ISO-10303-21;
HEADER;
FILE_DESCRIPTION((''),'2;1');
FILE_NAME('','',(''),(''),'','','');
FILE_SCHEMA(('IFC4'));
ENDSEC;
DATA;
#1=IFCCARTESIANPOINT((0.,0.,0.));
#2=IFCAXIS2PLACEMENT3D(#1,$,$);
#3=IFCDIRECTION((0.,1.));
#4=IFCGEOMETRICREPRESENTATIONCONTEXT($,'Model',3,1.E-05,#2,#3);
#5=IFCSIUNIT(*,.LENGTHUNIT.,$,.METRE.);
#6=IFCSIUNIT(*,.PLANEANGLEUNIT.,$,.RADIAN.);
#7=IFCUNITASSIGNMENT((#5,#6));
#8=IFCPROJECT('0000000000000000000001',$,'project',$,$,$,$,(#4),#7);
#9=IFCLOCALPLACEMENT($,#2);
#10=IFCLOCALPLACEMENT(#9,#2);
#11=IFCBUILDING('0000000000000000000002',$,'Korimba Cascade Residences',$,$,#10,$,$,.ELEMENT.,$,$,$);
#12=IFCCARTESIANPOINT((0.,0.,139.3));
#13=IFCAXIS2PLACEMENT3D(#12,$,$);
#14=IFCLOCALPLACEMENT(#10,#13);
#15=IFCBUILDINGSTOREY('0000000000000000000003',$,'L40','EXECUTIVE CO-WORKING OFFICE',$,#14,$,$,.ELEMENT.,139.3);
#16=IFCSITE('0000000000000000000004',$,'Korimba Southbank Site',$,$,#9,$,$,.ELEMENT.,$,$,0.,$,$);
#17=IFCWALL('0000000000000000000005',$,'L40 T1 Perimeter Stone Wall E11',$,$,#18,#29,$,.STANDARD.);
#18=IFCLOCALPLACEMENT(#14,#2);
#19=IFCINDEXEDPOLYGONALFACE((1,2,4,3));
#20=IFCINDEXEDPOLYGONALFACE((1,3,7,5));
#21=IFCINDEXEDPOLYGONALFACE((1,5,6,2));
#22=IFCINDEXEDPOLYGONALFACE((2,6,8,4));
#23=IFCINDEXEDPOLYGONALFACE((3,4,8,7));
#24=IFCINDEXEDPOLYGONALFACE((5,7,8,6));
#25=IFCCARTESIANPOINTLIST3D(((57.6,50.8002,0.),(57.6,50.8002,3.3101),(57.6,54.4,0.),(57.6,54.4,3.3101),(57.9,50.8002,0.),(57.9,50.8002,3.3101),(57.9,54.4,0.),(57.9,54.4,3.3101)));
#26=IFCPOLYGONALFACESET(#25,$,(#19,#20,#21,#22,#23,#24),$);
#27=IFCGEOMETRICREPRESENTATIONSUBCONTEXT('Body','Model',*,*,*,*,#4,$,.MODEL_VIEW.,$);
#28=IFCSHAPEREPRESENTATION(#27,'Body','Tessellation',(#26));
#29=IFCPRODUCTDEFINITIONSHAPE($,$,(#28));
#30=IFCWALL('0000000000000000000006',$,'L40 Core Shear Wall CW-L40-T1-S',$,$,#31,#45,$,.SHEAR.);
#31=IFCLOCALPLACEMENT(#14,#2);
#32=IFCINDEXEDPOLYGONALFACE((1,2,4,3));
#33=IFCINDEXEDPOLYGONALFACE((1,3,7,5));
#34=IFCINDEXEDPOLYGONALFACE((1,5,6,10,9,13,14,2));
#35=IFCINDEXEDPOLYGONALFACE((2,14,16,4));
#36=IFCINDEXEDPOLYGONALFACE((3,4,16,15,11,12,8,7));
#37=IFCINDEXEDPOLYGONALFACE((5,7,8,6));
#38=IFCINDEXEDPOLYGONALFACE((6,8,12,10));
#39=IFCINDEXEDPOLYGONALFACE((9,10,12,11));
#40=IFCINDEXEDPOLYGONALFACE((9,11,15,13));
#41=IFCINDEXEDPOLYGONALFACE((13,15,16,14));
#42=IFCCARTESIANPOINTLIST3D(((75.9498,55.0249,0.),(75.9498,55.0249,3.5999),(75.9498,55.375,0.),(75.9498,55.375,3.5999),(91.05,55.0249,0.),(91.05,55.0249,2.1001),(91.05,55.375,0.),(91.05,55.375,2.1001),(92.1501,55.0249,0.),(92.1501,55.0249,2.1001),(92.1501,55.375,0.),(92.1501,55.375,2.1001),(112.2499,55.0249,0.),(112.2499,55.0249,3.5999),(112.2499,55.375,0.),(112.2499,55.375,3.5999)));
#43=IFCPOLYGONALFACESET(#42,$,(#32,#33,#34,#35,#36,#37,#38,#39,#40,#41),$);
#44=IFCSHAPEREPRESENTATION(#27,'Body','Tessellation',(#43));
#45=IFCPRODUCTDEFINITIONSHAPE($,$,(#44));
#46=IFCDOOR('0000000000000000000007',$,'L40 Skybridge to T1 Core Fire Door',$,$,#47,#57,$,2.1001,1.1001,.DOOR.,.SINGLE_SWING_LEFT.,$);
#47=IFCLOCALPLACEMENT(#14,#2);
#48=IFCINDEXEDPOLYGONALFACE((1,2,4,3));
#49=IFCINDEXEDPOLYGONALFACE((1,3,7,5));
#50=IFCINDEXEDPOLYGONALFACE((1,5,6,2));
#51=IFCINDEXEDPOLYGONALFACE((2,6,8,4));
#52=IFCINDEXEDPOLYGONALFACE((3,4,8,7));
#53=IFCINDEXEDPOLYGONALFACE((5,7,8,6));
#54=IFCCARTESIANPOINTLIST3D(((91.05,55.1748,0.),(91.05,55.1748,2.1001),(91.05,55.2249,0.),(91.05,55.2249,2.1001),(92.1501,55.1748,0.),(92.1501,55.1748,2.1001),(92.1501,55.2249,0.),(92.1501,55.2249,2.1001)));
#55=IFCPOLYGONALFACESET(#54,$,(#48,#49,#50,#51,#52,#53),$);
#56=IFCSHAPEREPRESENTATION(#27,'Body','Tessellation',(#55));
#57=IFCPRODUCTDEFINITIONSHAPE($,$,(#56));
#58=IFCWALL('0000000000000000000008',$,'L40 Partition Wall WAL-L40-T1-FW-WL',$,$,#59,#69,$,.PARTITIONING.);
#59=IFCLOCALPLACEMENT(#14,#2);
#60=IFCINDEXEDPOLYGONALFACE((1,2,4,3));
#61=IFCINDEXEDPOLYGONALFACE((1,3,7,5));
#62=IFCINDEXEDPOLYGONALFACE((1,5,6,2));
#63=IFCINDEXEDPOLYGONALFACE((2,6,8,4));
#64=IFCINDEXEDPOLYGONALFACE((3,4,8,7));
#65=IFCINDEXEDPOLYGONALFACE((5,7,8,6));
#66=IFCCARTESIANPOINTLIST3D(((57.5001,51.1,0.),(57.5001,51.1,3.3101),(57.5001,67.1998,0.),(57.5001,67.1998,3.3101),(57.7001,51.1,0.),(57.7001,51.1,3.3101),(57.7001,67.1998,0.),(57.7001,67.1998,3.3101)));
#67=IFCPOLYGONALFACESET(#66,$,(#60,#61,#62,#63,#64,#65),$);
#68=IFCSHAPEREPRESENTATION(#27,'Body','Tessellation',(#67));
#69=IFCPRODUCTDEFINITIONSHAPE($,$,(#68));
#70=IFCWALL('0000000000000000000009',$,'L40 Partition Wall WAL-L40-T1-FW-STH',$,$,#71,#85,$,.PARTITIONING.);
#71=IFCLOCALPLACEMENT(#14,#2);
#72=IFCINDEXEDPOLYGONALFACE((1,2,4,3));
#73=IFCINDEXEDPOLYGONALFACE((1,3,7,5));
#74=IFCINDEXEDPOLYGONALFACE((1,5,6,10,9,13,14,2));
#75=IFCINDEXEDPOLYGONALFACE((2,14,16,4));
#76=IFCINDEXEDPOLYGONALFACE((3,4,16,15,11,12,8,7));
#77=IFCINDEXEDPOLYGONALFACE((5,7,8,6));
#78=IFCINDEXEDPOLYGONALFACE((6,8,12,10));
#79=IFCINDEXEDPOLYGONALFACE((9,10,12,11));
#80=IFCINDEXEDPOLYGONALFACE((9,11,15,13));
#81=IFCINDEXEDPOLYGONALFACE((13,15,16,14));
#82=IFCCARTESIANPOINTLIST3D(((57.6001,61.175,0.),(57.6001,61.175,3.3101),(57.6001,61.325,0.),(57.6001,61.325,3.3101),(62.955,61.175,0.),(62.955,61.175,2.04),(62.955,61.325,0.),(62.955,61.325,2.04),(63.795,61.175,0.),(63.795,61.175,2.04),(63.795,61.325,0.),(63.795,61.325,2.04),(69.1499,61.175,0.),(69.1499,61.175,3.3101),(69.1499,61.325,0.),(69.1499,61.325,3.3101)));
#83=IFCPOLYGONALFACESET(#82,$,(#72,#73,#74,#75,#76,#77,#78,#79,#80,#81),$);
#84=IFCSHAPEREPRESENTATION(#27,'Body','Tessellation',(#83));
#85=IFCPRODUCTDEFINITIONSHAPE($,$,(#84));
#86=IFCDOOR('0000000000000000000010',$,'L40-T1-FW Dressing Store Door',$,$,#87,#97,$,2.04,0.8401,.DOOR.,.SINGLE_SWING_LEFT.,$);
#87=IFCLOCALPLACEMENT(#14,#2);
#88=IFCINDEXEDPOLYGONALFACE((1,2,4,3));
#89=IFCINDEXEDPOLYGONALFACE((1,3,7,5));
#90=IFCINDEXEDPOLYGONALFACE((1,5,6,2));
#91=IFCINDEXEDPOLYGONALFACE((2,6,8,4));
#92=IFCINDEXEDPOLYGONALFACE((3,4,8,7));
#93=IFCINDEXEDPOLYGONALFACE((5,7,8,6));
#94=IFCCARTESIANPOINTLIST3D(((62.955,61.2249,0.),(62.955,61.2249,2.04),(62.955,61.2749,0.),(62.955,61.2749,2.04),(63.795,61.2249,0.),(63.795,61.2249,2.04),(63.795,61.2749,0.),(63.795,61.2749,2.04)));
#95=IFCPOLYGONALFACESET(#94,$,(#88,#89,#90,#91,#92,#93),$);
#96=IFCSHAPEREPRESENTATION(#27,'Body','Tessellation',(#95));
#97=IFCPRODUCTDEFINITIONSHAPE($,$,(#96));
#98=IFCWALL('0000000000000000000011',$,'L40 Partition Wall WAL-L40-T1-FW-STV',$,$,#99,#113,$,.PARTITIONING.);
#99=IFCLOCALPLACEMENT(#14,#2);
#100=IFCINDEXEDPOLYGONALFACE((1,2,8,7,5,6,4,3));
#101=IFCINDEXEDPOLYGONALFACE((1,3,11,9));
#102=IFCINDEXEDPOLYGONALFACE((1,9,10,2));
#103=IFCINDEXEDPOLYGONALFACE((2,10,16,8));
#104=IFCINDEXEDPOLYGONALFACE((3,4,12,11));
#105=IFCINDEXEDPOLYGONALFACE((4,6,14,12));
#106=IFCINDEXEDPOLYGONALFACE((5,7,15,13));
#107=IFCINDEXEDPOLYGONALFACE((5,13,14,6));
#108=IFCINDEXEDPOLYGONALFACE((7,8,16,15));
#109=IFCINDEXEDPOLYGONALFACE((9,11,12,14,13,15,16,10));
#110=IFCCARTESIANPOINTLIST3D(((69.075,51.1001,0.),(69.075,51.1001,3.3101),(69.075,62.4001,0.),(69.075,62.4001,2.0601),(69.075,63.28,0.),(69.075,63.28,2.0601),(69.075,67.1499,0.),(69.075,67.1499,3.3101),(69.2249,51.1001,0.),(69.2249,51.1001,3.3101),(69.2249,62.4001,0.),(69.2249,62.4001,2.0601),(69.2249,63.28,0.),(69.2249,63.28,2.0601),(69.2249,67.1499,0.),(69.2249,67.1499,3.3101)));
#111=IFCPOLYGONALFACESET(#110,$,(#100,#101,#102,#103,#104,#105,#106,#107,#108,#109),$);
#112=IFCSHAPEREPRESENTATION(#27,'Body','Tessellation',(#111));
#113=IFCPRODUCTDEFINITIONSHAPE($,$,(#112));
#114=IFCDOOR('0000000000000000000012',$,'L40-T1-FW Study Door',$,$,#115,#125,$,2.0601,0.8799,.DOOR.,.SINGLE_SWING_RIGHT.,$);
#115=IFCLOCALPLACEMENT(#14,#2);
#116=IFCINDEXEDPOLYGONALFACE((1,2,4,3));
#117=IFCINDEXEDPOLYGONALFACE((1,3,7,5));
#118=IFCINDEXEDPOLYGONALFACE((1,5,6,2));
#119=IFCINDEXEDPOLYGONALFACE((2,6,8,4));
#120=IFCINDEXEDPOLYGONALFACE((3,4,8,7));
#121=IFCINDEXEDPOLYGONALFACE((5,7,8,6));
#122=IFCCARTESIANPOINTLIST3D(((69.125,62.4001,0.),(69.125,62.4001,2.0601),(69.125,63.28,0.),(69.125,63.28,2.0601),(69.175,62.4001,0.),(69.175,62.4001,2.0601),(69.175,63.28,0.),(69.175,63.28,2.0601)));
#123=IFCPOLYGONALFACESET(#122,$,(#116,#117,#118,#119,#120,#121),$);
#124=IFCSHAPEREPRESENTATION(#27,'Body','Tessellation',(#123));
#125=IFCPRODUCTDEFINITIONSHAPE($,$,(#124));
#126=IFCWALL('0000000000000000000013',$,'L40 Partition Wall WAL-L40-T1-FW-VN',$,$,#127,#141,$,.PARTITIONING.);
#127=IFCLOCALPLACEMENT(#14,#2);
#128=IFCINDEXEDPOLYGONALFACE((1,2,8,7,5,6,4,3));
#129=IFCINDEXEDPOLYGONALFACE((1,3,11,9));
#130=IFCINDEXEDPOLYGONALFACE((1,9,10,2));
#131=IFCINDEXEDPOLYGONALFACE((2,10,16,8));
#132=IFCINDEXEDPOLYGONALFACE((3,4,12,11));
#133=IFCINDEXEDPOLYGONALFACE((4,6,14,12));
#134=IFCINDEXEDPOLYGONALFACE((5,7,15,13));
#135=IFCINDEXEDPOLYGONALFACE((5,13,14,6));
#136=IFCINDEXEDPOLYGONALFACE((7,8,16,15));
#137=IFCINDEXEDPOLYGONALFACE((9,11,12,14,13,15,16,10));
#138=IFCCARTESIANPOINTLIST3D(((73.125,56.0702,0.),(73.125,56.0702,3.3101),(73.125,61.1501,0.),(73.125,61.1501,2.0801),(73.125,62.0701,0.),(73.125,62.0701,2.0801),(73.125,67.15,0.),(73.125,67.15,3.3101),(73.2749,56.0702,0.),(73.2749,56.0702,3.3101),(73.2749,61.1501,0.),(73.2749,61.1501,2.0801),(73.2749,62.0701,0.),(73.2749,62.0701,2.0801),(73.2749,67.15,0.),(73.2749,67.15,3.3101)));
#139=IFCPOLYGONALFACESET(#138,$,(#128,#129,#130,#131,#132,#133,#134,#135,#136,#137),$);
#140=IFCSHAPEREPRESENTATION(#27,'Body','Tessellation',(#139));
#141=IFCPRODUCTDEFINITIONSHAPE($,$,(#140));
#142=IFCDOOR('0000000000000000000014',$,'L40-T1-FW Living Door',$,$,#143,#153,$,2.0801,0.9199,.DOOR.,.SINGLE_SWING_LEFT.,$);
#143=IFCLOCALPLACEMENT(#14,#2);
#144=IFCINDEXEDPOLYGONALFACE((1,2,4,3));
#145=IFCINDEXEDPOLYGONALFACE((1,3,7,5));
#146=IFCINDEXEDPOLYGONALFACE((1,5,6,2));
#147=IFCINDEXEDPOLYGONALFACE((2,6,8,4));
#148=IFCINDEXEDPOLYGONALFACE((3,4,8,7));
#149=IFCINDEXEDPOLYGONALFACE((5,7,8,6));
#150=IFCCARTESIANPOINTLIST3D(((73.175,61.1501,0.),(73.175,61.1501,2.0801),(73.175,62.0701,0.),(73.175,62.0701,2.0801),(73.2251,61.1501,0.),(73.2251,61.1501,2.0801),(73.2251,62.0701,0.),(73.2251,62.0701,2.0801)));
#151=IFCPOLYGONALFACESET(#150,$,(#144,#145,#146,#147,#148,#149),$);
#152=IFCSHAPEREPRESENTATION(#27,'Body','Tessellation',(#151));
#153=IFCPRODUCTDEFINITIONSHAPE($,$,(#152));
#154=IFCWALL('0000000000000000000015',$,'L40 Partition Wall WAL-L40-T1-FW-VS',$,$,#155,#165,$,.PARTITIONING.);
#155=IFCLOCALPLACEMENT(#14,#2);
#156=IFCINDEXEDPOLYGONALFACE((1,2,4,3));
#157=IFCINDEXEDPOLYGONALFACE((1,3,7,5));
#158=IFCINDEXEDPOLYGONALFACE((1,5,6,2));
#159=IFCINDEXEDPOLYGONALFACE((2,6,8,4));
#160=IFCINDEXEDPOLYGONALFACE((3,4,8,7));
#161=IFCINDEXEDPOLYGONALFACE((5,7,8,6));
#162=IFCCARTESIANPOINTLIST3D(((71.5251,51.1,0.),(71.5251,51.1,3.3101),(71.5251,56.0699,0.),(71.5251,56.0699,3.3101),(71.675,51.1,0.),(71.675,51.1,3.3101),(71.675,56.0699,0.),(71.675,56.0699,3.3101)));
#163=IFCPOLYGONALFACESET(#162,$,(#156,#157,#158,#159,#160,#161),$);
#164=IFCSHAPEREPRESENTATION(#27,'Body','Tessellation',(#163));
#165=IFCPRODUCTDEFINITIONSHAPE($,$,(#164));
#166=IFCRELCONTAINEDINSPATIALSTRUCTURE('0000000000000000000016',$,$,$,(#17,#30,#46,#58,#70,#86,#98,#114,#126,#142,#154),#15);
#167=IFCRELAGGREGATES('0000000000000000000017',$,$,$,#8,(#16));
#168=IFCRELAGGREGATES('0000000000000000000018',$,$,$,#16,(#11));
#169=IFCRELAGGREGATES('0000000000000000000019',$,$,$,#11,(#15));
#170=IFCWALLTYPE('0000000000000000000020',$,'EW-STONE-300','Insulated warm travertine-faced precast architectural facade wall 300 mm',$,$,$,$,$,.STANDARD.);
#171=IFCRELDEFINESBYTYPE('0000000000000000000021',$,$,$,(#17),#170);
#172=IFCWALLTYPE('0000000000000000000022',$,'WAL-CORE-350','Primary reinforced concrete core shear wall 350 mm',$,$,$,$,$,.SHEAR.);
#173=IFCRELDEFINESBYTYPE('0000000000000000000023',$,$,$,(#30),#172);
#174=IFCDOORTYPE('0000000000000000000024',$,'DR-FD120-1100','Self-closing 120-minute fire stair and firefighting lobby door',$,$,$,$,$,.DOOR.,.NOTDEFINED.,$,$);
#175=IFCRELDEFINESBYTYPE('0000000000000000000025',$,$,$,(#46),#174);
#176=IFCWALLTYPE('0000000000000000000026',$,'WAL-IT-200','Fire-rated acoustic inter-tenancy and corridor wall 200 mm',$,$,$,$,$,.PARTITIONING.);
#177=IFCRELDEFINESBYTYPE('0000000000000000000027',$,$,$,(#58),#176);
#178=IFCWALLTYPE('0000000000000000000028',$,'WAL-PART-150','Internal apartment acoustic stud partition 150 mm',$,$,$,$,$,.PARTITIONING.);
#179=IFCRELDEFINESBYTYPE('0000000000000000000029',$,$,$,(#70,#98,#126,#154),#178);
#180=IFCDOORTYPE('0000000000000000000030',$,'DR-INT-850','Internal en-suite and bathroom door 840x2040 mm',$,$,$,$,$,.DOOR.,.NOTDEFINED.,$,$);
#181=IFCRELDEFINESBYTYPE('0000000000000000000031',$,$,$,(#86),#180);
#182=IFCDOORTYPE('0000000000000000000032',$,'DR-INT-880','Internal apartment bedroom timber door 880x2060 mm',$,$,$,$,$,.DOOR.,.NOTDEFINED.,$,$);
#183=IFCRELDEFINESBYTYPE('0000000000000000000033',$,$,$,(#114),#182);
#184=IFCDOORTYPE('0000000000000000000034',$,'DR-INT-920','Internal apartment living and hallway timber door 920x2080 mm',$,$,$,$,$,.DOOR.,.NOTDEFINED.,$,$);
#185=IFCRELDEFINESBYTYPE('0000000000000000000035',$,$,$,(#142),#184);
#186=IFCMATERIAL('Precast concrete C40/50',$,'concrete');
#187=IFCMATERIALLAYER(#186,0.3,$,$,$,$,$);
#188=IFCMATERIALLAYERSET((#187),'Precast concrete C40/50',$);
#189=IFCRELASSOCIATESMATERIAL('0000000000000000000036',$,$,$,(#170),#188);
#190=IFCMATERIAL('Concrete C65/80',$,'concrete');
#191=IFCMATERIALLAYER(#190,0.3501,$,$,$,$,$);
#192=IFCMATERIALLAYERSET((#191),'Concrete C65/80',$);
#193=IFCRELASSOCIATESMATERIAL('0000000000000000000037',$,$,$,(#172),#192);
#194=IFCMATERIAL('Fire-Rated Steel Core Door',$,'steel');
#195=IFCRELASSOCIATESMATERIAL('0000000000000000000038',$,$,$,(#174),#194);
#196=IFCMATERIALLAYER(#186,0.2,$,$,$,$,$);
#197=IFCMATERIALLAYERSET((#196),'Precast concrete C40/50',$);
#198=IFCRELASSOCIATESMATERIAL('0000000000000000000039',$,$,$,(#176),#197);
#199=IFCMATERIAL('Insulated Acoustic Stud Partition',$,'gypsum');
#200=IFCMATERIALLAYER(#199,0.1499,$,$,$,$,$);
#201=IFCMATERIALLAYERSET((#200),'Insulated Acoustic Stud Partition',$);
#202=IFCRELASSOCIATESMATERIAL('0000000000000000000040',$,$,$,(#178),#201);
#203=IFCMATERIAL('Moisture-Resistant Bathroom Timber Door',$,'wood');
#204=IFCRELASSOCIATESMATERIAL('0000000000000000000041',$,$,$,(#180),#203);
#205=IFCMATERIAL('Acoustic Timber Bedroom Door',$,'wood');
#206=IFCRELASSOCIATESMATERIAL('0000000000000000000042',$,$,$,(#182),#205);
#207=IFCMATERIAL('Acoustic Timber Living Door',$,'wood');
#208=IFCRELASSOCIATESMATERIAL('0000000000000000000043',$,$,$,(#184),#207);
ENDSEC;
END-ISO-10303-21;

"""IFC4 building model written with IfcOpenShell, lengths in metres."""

from ifc_helpers import new_model, si_unit, direction, frame, frame_2d, origin, place, context, subcontext, project, spatial, rectangle, extrude, material, layer, layer_set, type_object, element, fill, save


model = new_model("IFC4")

# Units and contexts
model_context = context("Model", 3, precision=1e-05, world=origin(), true_north=direction((0.0, 1.0)))
body_context = subcontext(model_context, "Body", "Model", "MODEL_VIEW")
ifc_project = project(units=[si_unit("LENGTHUNIT", "METRE"), si_unit("PLANEANGLEUNIT", "RADIAN")], contexts=[model_context])

# Site, building, storey
site_placement = place(None, origin())
site = spatial("IfcSite", under=ifc_project, at=site_placement, Name="Korimba Southbank Site", CompositionType="ELEMENT", RefElevation=0.0)
building_placement = place(site_placement, origin())
building = spatial("IfcBuilding", under=site, at=building_placement, Name="Korimba Cascade Residences", CompositionType="ELEMENT")
storey_placement = place(building_placement, frame((0.0, 0.0, 139.3)))
storey = spatial("IfcBuildingStorey", under=building, at=storey_placement, Name="L40", Description="EXECUTIVE CO-WORKING OFFICE", CompositionType="ELEMENT", Elevation=139.3)

# Shared definitions
ifc_material_1 = material(Name="Precast concrete C40/50", Category="concrete")
ifc_layer_1 = layer(ifc_material_1, 0.3)
ifc_layer_set_1 = layer_set([ifc_layer_1], Name="Precast concrete C40/50")
wall_type_1 = type_object("IfcWallType", Name="EW-STONE-300", Description="Insulated warm travertine-faced precast architectural facade wall 300 mm", PredefinedType="STANDARD", material=ifc_layer_set_1)

# Wall
wall_1_placement = place(storey_placement, frame((57.75, 54.3999, 0.0), z_axis=(0.0, 0.0, 1.0), x_axis=(0.0, -1.0, 0.0)))
element("IfcWall", 1, at=wall_1_placement, inside=storey, type_object=wall_type_1, Name="L40 T1 Perimeter Stone Wall E11", PredefinedType="STANDARD", context=body_context, shape_type="SweptSolid", body=[
    extrude(rectangle(XDim=3.5999, YDim=0.3, at=frame_2d((1.7998, 0.0))), origin(), (0.0, 0.0, 1.0), 3.3101),
])

# Wall, opening, door
ifc_material_2 = material(Name="Concrete C65/80", Category="concrete")
ifc_layer_2 = layer(ifc_material_2, 0.3501)
ifc_layer_set_2 = layer_set([ifc_layer_2], Name="Concrete C65/80")
wall_type_2 = type_object("IfcWallType", Name="WAL-CORE-350", Description="Primary reinforced concrete core shear wall 350 mm", PredefinedType="SHEAR", material=ifc_layer_set_2)
wall_2_placement = place(storey_placement, frame((75.95, 55.2, 0.0), z_axis=(0.0, 0.0, 1.0), x_axis=(1.0, 0.0, 0.0)))
wall_2 = element("IfcWall", 2, at=wall_2_placement, inside=storey, type_object=wall_type_2, Name="L40 Core Shear Wall CW-L40-T1-S", PredefinedType="SHEAR", context=body_context, shape_type="SweptSolid", body=[
    extrude(rectangle(XDim=36.3, YDim=0.3501, at=frame_2d((18.1499, 0.0))), origin(), (0.0, 0.0, 1.0), 3.5999),
])
opening_1_placement = place(wall_2_placement, frame((15.1001, 0.0, 0.0)))
opening_1 = element("IfcOpeningElement", 3, at=opening_1_placement, cuts=wall_2, PredefinedType="OPENING", context=body_context, shape_type="SweptSolid", body=[
    extrude(rectangle(XDim=1.1001, YDim=2.1001, at=frame_2d((0.55, 1.05))), frame((0.0, 0.1851, 0.0), z_axis=(0.0, -1.0, 0.0), x_axis=(1.0, 0.0, 0.0)), (0.0, 0.0, 1.0), 0.3701),
])
ifc_material_3 = material(Name="Fire-Rated Steel Core Door", Category="steel")
door_type_1 = type_object("IfcDoorType", Name="DR-FD120-1100", Description="Self-closing 120-minute fire stair and firefighting lobby door", OperationType="NOTDEFINED", PredefinedType="DOOR", material=ifc_material_3)
door_1_placement = place(opening_1_placement, origin())
door_1 = element("IfcDoor", 4, at=door_1_placement, inside=storey, type_object=door_type_1, Name="L40 Skybridge to T1 Core Fire Door", OperationType="SINGLE_SWING_LEFT", OverallHeight=2.1001, OverallWidth=1.1001, PredefinedType="DOOR", context=body_context, shape_type="SweptSolid", body=[
    extrude(rectangle(XDim=1.1001, YDim=2.1001, at=frame_2d((0.55, 1.05))), frame((0.0, 0.0249, 0.0), z_axis=(0.0, -1.0, 0.0), x_axis=(1.0, 0.0, 0.0)), (0.0, 0.0, 1.0), 0.05),
])
fill(opening_1, door_1)

# Wall
ifc_layer_3 = layer(ifc_material_1, 0.2)
ifc_layer_set_3 = layer_set([ifc_layer_3], Name="Precast concrete C40/50")
wall_type_3 = type_object("IfcWallType", Name="WAL-IT-200", Description="Fire-rated acoustic inter-tenancy and corridor wall 200 mm", PredefinedType="PARTITIONING", material=ifc_layer_set_3)
wall_3_placement = place(storey_placement, frame((57.6001, 51.1001, 0.0), z_axis=(0.0, 0.0, 1.0), x_axis=(0.0, 1.0, 0.0)))
element("IfcWall", 5, at=wall_3_placement, inside=storey, type_object=wall_type_3, Name="L40 Partition Wall WAL-L40-T1-FW-WL", PredefinedType="PARTITIONING", context=body_context, shape_type="SweptSolid", body=[
    extrude(rectangle(XDim=16.0999, YDim=0.2, at=frame_2d((8.0498, 0.0))), origin(), (0.0, 0.0, 1.0), 3.3101),
])

# Walls, openings, doors
ifc_material_4 = material(Name="Insulated Acoustic Stud Partition", Category="gypsum")
ifc_layer_4 = layer(ifc_material_4, 0.1499)
ifc_layer_set_4 = layer_set([ifc_layer_4], Name="Insulated Acoustic Stud Partition")
wall_type_4 = type_object("IfcWallType", Name="WAL-PART-150", Description="Internal apartment acoustic stud partition 150 mm", PredefinedType="PARTITIONING", material=ifc_layer_set_4)
wall_4_placement = place(storey_placement, frame((57.6001, 61.25, 0.0), z_axis=(0.0, 0.0, 1.0), x_axis=(1.0, 0.0, 0.0)))
wall_4 = element("IfcWall", 6, at=wall_4_placement, inside=storey, type_object=wall_type_4, Name="L40 Partition Wall WAL-L40-T1-FW-STH", PredefinedType="PARTITIONING", context=body_context, shape_type="SweptSolid", body=[
    extrude(rectangle(XDim=11.5498, YDim=0.1499, at=frame_2d((5.7749, 0.0))), origin(), (0.0, 0.0, 1.0), 3.3101),
])
opening_2_placement = place(wall_4_placement, frame((5.355, 0.0, 0.0)))
opening_2 = element("IfcOpeningElement", 7, at=opening_2_placement, cuts=wall_4, PredefinedType="OPENING", context=body_context, shape_type="SweptSolid", body=[
    extrude(rectangle(XDim=0.8401, YDim=2.04, at=frame_2d((0.4199, 1.02))), frame((0.0, 0.085, 0.0), z_axis=(0.0, -1.0, 0.0), x_axis=(1.0, 0.0, 0.0)), (0.0, 0.0, 1.0), 0.1699),
])
ifc_material_5 = material(Name="Moisture-Resistant Bathroom Timber Door", Category="wood")
door_type_2 = type_object("IfcDoorType", Name="DR-INT-850", Description="Internal en-suite and bathroom door 840x2040 mm", OperationType="NOTDEFINED", PredefinedType="DOOR", material=ifc_material_5)
door_2_placement = place(opening_2_placement, origin())
door_2 = element("IfcDoor", 8, at=door_2_placement, inside=storey, type_object=door_type_2, Name="L40-T1-FW Dressing Store Door", OperationType="SINGLE_SWING_LEFT", OverallHeight=2.04, OverallWidth=0.8401, PredefinedType="DOOR", context=body_context, shape_type="SweptSolid", body=[
    extrude(rectangle(XDim=0.8401, YDim=2.04, at=frame_2d((0.4199, 1.02))), frame((0.0, 0.0249, 0.0), z_axis=(0.0, -1.0, 0.0), x_axis=(1.0, 0.0, 0.0)), (0.0, 0.0, 1.0), 0.05),
])
fill(opening_2, door_2)
wall_5_placement = place(storey_placement, frame((69.1499, 51.1001, 0.0), z_axis=(0.0, 0.0, 1.0), x_axis=(0.0, 1.0, 0.0)))
wall_5 = element("IfcWall", 9, at=wall_5_placement, inside=storey, type_object=wall_type_4, Name="L40 Partition Wall WAL-L40-T1-FW-STV", PredefinedType="PARTITIONING", context=body_context, shape_type="SweptSolid", body=[
    extrude(rectangle(XDim=16.0498, YDim=0.1499, at=frame_2d((8.0249, 0.0))), origin(), (0.0, 0.0, 1.0), 3.3101),
])
opening_3_placement = place(wall_5_placement, frame((11.3, 0.0, 0.0)))
opening_3 = element("IfcOpeningElement", 10, at=opening_3_placement, cuts=wall_5, PredefinedType="OPENING", context=body_context, shape_type="SweptSolid", body=[
    extrude(rectangle(XDim=0.8799, YDim=2.0601, at=frame_2d((0.4399, 1.03))), frame((0.0, 0.085, 0.0), z_axis=(0.0, -1.0, 0.0), x_axis=(1.0, 0.0, 0.0)), (0.0, 0.0, 1.0), 0.1699),
])
ifc_material_6 = material(Name="Acoustic Timber Bedroom Door", Category="wood")
door_type_3 = type_object("IfcDoorType", Name="DR-INT-880", Description="Internal apartment bedroom timber door 880x2060 mm", OperationType="NOTDEFINED", PredefinedType="DOOR", material=ifc_material_6)
door_3_placement = place(opening_3_placement, origin())
door_3 = element("IfcDoor", 11, at=door_3_placement, inside=storey, type_object=door_type_3, Name="L40-T1-FW Study Door", OperationType="SINGLE_SWING_RIGHT", OverallHeight=2.0601, OverallWidth=0.8799, PredefinedType="DOOR", context=body_context, shape_type="SweptSolid", body=[
    extrude(rectangle(XDim=0.8799, YDim=2.0601, at=frame_2d((0.4399, 1.03))), frame((0.0, 0.0249, 0.0), z_axis=(0.0, -1.0, 0.0), x_axis=(1.0, 0.0, 0.0)), (0.0, 0.0, 1.0), 0.05),
])
fill(opening_3, door_3)
wall_6_placement = place(storey_placement, frame((73.2, 56.0701, 0.0), z_axis=(0.0, 0.0, 1.0), x_axis=(0.0, 1.0, 0.0)))
wall_6 = element("IfcWall", 12, at=wall_6_placement, inside=storey, type_object=wall_type_4, Name="L40 Partition Wall WAL-L40-T1-FW-VN", PredefinedType="PARTITIONING", context=body_context, shape_type="SweptSolid", body=[
    extrude(rectangle(XDim=11.0798, YDim=0.1499, at=frame_2d((5.54, 0.0))), origin(), (0.0, 0.0, 1.0), 3.3101),
])
opening_4_placement = place(wall_6_placement, frame((5.0801, 0.0, 0.0)))
opening_4 = element("IfcOpeningElement", 13, at=opening_4_placement, cuts=wall_6, PredefinedType="OPENING", context=body_context, shape_type="SweptSolid", body=[
    extrude(rectangle(XDim=0.9199, YDim=2.0801, at=frame_2d((0.46, 1.04))), frame((0.0, 0.085, 0.0), z_axis=(0.0, -1.0, 0.0), x_axis=(1.0, 0.0, 0.0)), (0.0, 0.0, 1.0), 0.1699),
])
ifc_material_7 = material(Name="Acoustic Timber Living Door", Category="wood")
door_type_4 = type_object("IfcDoorType", Name="DR-INT-920", Description="Internal apartment living and hallway timber door 920x2080 mm", OperationType="NOTDEFINED", PredefinedType="DOOR", material=ifc_material_7)
door_4_placement = place(opening_4_placement, origin())
door_4 = element("IfcDoor", 14, at=door_4_placement, inside=storey, type_object=door_type_4, Name="L40-T1-FW Living Door", OperationType="SINGLE_SWING_LEFT", OverallHeight=2.0801, OverallWidth=0.9199, PredefinedType="DOOR", context=body_context, shape_type="SweptSolid", body=[
    extrude(rectangle(XDim=0.9199, YDim=2.0801, at=frame_2d((0.46, 1.04))), frame((0.0, 0.0249, 0.0), z_axis=(0.0, -1.0, 0.0), x_axis=(1.0, 0.0, 0.0)), (0.0, 0.0, 1.0), 0.05),
])
fill(opening_4, door_4)

# Wall
wall_7_placement = place(storey_placement, frame((71.6001, 51.1001, 0.0), z_axis=(0.0, 0.0, 1.0), x_axis=(0.0, 1.0, 0.0)))
element("IfcWall", 15, at=wall_7_placement, inside=storey, type_object=wall_type_4, Name="L40 Partition Wall WAL-L40-T1-FW-VS", PredefinedType="PARTITIONING", context=body_context, shape_type="SweptSolid", body=[
    extrude(rectangle(XDim=4.97, YDim=0.1499, at=frame_2d((2.4849, 0.0))), origin(), (0.0, 0.0, 1.0), 3.3101),
])

save(model, "model.ifc")
